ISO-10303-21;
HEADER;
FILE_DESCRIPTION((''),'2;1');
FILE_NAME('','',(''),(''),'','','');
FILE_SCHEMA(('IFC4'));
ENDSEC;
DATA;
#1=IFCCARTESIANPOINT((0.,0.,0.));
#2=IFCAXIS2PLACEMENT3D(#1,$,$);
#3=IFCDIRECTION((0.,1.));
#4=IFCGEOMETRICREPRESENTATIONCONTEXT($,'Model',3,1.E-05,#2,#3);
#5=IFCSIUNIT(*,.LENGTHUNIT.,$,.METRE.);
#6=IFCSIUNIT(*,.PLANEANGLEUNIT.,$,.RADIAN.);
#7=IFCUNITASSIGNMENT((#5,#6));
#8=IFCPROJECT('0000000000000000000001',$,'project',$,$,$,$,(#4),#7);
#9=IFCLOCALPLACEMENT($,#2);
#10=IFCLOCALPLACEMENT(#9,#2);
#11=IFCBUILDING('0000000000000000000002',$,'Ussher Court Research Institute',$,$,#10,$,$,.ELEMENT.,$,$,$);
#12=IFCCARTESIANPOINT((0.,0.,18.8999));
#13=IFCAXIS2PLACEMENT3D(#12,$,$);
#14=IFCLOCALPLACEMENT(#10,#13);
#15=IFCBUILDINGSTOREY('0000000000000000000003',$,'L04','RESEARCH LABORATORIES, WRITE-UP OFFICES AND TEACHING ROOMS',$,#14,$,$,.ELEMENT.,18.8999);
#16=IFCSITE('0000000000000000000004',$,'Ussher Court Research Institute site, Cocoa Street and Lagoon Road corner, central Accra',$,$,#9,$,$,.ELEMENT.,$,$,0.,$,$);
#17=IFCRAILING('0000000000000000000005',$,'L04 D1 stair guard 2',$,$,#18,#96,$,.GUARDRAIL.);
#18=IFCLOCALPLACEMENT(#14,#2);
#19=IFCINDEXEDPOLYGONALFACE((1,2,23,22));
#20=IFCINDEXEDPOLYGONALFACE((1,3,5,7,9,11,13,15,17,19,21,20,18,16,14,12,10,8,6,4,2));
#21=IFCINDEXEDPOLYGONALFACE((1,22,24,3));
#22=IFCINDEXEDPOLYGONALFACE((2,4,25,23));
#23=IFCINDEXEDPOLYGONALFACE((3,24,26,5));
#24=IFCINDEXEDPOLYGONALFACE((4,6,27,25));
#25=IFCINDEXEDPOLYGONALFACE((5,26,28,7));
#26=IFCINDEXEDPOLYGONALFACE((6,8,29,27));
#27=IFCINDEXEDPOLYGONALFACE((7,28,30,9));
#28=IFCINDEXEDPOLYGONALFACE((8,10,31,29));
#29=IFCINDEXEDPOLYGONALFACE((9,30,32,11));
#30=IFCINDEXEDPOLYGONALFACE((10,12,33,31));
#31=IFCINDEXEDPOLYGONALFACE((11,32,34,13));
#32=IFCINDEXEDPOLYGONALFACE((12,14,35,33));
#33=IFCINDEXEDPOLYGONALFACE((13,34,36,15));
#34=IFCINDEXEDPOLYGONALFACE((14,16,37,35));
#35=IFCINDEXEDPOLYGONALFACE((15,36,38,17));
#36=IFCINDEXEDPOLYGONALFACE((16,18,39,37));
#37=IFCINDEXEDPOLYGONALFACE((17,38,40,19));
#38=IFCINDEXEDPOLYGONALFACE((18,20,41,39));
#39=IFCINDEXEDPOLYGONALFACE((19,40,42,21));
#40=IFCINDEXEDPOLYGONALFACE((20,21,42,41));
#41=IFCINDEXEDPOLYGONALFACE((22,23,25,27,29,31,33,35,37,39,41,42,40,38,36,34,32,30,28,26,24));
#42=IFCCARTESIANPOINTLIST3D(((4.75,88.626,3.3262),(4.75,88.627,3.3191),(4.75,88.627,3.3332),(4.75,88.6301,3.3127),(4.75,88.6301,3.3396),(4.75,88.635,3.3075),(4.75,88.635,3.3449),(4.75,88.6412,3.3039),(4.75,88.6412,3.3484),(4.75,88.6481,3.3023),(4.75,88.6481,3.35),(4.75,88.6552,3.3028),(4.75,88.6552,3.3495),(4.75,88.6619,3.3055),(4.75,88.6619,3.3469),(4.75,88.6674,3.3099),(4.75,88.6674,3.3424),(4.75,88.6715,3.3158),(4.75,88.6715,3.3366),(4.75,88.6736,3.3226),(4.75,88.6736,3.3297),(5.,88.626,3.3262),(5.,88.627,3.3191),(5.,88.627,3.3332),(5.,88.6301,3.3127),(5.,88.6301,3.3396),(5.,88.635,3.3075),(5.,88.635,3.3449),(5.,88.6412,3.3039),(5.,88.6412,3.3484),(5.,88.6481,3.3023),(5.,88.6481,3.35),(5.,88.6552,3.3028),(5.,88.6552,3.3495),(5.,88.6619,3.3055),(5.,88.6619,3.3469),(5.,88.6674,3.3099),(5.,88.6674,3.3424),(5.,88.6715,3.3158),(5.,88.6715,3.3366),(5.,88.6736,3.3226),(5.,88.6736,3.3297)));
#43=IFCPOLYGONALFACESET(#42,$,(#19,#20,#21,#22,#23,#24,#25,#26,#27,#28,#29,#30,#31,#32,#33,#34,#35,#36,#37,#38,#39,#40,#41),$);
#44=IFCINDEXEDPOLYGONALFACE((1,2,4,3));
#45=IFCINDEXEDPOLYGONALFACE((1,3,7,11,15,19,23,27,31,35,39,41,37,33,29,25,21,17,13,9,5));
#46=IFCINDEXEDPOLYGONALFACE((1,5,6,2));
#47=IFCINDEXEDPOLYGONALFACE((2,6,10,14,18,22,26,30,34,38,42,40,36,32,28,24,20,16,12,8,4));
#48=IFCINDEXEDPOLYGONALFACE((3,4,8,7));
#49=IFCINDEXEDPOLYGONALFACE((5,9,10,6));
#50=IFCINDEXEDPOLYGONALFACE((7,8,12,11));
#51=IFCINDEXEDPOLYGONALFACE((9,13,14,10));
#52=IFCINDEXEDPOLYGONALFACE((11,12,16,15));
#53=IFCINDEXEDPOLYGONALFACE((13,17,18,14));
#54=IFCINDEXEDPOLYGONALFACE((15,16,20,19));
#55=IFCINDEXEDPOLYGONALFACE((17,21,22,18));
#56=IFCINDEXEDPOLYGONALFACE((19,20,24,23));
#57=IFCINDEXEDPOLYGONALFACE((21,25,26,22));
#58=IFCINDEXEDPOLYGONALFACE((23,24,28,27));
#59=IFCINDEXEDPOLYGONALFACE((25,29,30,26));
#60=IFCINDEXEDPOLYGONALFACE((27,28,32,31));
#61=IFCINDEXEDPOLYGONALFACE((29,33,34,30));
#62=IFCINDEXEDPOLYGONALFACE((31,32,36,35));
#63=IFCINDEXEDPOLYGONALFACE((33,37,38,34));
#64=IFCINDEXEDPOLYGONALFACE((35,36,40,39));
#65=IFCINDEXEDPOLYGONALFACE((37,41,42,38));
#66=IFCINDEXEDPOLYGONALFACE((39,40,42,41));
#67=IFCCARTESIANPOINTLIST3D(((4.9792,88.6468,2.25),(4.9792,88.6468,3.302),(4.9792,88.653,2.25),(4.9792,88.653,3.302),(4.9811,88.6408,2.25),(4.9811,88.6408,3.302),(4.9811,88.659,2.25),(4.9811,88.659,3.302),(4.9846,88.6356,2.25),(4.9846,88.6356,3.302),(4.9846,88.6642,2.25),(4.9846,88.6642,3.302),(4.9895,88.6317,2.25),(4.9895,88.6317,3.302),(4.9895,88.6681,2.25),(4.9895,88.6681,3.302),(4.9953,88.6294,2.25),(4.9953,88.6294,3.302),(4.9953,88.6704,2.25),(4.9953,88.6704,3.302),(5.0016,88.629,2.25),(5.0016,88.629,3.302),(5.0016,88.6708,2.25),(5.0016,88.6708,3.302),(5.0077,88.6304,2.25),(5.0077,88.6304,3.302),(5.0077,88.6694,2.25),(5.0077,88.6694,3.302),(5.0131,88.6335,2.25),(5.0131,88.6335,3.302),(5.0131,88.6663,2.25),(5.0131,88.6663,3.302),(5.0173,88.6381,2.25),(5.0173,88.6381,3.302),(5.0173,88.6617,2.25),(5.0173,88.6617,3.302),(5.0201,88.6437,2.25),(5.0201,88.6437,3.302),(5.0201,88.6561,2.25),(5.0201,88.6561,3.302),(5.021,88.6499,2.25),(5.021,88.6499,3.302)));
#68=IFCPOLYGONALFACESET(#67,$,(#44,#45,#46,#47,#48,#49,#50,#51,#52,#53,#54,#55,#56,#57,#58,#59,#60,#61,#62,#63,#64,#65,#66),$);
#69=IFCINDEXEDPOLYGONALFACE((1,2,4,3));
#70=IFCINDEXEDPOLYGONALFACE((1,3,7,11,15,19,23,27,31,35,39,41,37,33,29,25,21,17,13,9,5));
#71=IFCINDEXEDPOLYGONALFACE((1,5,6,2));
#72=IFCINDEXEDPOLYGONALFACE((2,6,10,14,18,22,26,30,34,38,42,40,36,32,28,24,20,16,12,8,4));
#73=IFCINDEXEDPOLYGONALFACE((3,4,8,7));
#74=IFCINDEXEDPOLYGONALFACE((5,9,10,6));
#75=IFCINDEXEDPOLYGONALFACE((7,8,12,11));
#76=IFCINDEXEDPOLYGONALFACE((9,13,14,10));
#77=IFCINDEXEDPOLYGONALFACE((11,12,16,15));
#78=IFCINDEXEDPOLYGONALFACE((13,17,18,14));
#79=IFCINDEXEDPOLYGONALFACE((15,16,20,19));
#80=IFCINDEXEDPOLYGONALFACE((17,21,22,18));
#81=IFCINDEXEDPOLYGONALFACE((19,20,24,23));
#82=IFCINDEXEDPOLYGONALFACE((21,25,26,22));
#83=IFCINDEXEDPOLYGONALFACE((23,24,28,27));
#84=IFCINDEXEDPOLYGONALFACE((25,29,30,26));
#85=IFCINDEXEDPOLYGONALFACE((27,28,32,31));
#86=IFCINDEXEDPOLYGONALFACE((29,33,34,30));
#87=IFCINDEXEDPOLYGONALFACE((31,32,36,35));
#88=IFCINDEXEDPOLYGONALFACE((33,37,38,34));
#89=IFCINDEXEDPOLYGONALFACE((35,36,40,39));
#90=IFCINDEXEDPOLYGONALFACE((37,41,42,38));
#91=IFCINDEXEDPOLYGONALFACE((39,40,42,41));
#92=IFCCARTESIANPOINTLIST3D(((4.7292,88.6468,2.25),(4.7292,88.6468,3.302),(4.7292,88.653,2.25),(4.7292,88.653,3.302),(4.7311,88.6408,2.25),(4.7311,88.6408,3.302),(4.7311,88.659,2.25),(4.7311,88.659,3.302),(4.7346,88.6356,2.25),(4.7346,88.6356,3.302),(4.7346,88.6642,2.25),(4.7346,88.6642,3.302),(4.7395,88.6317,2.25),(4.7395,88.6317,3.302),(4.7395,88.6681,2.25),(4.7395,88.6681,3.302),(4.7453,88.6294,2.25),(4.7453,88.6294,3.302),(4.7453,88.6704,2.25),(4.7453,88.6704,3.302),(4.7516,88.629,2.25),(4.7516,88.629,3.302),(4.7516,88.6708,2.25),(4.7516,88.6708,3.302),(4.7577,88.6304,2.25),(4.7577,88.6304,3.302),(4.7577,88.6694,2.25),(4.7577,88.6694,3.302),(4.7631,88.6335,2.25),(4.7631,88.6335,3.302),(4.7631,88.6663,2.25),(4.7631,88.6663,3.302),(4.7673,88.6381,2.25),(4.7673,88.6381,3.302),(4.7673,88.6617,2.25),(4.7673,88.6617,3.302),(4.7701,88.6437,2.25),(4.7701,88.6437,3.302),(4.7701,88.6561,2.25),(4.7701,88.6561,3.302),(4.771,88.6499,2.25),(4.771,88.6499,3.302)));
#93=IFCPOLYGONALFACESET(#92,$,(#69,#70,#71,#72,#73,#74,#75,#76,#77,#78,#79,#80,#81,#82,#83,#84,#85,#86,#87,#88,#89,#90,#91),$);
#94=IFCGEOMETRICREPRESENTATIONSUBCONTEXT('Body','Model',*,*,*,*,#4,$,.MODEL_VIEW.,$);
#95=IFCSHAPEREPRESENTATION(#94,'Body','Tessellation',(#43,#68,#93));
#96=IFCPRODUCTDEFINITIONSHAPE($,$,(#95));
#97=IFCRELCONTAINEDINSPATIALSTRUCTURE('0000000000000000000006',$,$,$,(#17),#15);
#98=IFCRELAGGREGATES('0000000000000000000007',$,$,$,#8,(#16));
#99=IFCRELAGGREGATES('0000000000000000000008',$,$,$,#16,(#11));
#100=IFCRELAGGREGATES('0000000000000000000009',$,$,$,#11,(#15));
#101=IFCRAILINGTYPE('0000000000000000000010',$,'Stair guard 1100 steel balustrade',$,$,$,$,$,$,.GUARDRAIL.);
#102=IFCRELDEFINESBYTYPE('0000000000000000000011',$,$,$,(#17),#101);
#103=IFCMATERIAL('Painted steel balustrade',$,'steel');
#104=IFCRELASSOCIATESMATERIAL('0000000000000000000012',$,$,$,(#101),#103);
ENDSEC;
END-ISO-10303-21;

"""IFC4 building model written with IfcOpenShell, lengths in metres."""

from ifc_helpers import new_model, si_unit, direction, frame, origin, origin_2d, place, context, subcontext, project, spatial, circle, extrude, material, type_object, element, save


model = new_model("IFC4")

# Units and contexts
model_context = context("Model", 3, precision=1e-05, world=origin(), true_north=direction((0.0, 1.0)))
body_context = subcontext(model_context, "Body", "Model", "MODEL_VIEW")
ifc_project = project(units=[si_unit("LENGTHUNIT", "METRE"), si_unit("PLANEANGLEUNIT", "RADIAN")], contexts=[model_context])

# Site, building, storey
site_placement = place(None, origin())
site = spatial("IfcSite", under=ifc_project, at=site_placement, Name="Ussher Court Research Institute site, Cocoa Street and Lagoon Road corner, central Accra", CompositionType="ELEMENT", RefElevation=0.0)
building_placement = place(site_placement, origin())
building = spatial("IfcBuilding", under=site, at=building_placement, Name="Ussher Court Research Institute", CompositionType="ELEMENT")
storey_placement = place(building_placement, frame((0.0, 0.0, 18.8999)))
storey = spatial("IfcBuildingStorey", under=building, at=storey_placement, Name="L04", Description="RESEARCH LABORATORIES, WRITE-UP OFFICES AND TEACHING ROOMS", CompositionType="ELEMENT", Elevation=18.8999)

# Railing
ifc_material_1 = material(Name="Painted steel balustrade", Category="steel")
railing_type_1 = type_object("IfcRailingType", Name="Stair guard 1100 steel balustrade", PredefinedType="GUARDRAIL", material=ifc_material_1)
railing_1_placement = place(storey_placement, frame((5.0, 88.6499, 2.25)))
element("IfcRailing", 1, at=railing_1_placement, inside=storey, type_object=railing_type_1, Name="L04 D1 stair guard 2", PredefinedType="GUARDRAIL", context=body_context, shape_type="SweptSolid", body=[
    extrude(circle(Radius=0.0239, at=origin_2d()), frame((0.0, 0.0, 1.0762), z_axis=(-1.0, 0.0, 0.0), x_axis=(0.0, -1.0, 0.0)), (0.0, 0.0, 1.0), 0.25),
    extrude(circle(Radius=0.021, at=origin_2d()), origin(), (0.0, 0.0, 1.0), 1.052),
    extrude(circle(Radius=0.021, at=origin_2d()), frame((-0.25, 0.0, 0.0)), (0.0, 0.0, 1.0), 1.052),
])

save(model, "model.ifc")
